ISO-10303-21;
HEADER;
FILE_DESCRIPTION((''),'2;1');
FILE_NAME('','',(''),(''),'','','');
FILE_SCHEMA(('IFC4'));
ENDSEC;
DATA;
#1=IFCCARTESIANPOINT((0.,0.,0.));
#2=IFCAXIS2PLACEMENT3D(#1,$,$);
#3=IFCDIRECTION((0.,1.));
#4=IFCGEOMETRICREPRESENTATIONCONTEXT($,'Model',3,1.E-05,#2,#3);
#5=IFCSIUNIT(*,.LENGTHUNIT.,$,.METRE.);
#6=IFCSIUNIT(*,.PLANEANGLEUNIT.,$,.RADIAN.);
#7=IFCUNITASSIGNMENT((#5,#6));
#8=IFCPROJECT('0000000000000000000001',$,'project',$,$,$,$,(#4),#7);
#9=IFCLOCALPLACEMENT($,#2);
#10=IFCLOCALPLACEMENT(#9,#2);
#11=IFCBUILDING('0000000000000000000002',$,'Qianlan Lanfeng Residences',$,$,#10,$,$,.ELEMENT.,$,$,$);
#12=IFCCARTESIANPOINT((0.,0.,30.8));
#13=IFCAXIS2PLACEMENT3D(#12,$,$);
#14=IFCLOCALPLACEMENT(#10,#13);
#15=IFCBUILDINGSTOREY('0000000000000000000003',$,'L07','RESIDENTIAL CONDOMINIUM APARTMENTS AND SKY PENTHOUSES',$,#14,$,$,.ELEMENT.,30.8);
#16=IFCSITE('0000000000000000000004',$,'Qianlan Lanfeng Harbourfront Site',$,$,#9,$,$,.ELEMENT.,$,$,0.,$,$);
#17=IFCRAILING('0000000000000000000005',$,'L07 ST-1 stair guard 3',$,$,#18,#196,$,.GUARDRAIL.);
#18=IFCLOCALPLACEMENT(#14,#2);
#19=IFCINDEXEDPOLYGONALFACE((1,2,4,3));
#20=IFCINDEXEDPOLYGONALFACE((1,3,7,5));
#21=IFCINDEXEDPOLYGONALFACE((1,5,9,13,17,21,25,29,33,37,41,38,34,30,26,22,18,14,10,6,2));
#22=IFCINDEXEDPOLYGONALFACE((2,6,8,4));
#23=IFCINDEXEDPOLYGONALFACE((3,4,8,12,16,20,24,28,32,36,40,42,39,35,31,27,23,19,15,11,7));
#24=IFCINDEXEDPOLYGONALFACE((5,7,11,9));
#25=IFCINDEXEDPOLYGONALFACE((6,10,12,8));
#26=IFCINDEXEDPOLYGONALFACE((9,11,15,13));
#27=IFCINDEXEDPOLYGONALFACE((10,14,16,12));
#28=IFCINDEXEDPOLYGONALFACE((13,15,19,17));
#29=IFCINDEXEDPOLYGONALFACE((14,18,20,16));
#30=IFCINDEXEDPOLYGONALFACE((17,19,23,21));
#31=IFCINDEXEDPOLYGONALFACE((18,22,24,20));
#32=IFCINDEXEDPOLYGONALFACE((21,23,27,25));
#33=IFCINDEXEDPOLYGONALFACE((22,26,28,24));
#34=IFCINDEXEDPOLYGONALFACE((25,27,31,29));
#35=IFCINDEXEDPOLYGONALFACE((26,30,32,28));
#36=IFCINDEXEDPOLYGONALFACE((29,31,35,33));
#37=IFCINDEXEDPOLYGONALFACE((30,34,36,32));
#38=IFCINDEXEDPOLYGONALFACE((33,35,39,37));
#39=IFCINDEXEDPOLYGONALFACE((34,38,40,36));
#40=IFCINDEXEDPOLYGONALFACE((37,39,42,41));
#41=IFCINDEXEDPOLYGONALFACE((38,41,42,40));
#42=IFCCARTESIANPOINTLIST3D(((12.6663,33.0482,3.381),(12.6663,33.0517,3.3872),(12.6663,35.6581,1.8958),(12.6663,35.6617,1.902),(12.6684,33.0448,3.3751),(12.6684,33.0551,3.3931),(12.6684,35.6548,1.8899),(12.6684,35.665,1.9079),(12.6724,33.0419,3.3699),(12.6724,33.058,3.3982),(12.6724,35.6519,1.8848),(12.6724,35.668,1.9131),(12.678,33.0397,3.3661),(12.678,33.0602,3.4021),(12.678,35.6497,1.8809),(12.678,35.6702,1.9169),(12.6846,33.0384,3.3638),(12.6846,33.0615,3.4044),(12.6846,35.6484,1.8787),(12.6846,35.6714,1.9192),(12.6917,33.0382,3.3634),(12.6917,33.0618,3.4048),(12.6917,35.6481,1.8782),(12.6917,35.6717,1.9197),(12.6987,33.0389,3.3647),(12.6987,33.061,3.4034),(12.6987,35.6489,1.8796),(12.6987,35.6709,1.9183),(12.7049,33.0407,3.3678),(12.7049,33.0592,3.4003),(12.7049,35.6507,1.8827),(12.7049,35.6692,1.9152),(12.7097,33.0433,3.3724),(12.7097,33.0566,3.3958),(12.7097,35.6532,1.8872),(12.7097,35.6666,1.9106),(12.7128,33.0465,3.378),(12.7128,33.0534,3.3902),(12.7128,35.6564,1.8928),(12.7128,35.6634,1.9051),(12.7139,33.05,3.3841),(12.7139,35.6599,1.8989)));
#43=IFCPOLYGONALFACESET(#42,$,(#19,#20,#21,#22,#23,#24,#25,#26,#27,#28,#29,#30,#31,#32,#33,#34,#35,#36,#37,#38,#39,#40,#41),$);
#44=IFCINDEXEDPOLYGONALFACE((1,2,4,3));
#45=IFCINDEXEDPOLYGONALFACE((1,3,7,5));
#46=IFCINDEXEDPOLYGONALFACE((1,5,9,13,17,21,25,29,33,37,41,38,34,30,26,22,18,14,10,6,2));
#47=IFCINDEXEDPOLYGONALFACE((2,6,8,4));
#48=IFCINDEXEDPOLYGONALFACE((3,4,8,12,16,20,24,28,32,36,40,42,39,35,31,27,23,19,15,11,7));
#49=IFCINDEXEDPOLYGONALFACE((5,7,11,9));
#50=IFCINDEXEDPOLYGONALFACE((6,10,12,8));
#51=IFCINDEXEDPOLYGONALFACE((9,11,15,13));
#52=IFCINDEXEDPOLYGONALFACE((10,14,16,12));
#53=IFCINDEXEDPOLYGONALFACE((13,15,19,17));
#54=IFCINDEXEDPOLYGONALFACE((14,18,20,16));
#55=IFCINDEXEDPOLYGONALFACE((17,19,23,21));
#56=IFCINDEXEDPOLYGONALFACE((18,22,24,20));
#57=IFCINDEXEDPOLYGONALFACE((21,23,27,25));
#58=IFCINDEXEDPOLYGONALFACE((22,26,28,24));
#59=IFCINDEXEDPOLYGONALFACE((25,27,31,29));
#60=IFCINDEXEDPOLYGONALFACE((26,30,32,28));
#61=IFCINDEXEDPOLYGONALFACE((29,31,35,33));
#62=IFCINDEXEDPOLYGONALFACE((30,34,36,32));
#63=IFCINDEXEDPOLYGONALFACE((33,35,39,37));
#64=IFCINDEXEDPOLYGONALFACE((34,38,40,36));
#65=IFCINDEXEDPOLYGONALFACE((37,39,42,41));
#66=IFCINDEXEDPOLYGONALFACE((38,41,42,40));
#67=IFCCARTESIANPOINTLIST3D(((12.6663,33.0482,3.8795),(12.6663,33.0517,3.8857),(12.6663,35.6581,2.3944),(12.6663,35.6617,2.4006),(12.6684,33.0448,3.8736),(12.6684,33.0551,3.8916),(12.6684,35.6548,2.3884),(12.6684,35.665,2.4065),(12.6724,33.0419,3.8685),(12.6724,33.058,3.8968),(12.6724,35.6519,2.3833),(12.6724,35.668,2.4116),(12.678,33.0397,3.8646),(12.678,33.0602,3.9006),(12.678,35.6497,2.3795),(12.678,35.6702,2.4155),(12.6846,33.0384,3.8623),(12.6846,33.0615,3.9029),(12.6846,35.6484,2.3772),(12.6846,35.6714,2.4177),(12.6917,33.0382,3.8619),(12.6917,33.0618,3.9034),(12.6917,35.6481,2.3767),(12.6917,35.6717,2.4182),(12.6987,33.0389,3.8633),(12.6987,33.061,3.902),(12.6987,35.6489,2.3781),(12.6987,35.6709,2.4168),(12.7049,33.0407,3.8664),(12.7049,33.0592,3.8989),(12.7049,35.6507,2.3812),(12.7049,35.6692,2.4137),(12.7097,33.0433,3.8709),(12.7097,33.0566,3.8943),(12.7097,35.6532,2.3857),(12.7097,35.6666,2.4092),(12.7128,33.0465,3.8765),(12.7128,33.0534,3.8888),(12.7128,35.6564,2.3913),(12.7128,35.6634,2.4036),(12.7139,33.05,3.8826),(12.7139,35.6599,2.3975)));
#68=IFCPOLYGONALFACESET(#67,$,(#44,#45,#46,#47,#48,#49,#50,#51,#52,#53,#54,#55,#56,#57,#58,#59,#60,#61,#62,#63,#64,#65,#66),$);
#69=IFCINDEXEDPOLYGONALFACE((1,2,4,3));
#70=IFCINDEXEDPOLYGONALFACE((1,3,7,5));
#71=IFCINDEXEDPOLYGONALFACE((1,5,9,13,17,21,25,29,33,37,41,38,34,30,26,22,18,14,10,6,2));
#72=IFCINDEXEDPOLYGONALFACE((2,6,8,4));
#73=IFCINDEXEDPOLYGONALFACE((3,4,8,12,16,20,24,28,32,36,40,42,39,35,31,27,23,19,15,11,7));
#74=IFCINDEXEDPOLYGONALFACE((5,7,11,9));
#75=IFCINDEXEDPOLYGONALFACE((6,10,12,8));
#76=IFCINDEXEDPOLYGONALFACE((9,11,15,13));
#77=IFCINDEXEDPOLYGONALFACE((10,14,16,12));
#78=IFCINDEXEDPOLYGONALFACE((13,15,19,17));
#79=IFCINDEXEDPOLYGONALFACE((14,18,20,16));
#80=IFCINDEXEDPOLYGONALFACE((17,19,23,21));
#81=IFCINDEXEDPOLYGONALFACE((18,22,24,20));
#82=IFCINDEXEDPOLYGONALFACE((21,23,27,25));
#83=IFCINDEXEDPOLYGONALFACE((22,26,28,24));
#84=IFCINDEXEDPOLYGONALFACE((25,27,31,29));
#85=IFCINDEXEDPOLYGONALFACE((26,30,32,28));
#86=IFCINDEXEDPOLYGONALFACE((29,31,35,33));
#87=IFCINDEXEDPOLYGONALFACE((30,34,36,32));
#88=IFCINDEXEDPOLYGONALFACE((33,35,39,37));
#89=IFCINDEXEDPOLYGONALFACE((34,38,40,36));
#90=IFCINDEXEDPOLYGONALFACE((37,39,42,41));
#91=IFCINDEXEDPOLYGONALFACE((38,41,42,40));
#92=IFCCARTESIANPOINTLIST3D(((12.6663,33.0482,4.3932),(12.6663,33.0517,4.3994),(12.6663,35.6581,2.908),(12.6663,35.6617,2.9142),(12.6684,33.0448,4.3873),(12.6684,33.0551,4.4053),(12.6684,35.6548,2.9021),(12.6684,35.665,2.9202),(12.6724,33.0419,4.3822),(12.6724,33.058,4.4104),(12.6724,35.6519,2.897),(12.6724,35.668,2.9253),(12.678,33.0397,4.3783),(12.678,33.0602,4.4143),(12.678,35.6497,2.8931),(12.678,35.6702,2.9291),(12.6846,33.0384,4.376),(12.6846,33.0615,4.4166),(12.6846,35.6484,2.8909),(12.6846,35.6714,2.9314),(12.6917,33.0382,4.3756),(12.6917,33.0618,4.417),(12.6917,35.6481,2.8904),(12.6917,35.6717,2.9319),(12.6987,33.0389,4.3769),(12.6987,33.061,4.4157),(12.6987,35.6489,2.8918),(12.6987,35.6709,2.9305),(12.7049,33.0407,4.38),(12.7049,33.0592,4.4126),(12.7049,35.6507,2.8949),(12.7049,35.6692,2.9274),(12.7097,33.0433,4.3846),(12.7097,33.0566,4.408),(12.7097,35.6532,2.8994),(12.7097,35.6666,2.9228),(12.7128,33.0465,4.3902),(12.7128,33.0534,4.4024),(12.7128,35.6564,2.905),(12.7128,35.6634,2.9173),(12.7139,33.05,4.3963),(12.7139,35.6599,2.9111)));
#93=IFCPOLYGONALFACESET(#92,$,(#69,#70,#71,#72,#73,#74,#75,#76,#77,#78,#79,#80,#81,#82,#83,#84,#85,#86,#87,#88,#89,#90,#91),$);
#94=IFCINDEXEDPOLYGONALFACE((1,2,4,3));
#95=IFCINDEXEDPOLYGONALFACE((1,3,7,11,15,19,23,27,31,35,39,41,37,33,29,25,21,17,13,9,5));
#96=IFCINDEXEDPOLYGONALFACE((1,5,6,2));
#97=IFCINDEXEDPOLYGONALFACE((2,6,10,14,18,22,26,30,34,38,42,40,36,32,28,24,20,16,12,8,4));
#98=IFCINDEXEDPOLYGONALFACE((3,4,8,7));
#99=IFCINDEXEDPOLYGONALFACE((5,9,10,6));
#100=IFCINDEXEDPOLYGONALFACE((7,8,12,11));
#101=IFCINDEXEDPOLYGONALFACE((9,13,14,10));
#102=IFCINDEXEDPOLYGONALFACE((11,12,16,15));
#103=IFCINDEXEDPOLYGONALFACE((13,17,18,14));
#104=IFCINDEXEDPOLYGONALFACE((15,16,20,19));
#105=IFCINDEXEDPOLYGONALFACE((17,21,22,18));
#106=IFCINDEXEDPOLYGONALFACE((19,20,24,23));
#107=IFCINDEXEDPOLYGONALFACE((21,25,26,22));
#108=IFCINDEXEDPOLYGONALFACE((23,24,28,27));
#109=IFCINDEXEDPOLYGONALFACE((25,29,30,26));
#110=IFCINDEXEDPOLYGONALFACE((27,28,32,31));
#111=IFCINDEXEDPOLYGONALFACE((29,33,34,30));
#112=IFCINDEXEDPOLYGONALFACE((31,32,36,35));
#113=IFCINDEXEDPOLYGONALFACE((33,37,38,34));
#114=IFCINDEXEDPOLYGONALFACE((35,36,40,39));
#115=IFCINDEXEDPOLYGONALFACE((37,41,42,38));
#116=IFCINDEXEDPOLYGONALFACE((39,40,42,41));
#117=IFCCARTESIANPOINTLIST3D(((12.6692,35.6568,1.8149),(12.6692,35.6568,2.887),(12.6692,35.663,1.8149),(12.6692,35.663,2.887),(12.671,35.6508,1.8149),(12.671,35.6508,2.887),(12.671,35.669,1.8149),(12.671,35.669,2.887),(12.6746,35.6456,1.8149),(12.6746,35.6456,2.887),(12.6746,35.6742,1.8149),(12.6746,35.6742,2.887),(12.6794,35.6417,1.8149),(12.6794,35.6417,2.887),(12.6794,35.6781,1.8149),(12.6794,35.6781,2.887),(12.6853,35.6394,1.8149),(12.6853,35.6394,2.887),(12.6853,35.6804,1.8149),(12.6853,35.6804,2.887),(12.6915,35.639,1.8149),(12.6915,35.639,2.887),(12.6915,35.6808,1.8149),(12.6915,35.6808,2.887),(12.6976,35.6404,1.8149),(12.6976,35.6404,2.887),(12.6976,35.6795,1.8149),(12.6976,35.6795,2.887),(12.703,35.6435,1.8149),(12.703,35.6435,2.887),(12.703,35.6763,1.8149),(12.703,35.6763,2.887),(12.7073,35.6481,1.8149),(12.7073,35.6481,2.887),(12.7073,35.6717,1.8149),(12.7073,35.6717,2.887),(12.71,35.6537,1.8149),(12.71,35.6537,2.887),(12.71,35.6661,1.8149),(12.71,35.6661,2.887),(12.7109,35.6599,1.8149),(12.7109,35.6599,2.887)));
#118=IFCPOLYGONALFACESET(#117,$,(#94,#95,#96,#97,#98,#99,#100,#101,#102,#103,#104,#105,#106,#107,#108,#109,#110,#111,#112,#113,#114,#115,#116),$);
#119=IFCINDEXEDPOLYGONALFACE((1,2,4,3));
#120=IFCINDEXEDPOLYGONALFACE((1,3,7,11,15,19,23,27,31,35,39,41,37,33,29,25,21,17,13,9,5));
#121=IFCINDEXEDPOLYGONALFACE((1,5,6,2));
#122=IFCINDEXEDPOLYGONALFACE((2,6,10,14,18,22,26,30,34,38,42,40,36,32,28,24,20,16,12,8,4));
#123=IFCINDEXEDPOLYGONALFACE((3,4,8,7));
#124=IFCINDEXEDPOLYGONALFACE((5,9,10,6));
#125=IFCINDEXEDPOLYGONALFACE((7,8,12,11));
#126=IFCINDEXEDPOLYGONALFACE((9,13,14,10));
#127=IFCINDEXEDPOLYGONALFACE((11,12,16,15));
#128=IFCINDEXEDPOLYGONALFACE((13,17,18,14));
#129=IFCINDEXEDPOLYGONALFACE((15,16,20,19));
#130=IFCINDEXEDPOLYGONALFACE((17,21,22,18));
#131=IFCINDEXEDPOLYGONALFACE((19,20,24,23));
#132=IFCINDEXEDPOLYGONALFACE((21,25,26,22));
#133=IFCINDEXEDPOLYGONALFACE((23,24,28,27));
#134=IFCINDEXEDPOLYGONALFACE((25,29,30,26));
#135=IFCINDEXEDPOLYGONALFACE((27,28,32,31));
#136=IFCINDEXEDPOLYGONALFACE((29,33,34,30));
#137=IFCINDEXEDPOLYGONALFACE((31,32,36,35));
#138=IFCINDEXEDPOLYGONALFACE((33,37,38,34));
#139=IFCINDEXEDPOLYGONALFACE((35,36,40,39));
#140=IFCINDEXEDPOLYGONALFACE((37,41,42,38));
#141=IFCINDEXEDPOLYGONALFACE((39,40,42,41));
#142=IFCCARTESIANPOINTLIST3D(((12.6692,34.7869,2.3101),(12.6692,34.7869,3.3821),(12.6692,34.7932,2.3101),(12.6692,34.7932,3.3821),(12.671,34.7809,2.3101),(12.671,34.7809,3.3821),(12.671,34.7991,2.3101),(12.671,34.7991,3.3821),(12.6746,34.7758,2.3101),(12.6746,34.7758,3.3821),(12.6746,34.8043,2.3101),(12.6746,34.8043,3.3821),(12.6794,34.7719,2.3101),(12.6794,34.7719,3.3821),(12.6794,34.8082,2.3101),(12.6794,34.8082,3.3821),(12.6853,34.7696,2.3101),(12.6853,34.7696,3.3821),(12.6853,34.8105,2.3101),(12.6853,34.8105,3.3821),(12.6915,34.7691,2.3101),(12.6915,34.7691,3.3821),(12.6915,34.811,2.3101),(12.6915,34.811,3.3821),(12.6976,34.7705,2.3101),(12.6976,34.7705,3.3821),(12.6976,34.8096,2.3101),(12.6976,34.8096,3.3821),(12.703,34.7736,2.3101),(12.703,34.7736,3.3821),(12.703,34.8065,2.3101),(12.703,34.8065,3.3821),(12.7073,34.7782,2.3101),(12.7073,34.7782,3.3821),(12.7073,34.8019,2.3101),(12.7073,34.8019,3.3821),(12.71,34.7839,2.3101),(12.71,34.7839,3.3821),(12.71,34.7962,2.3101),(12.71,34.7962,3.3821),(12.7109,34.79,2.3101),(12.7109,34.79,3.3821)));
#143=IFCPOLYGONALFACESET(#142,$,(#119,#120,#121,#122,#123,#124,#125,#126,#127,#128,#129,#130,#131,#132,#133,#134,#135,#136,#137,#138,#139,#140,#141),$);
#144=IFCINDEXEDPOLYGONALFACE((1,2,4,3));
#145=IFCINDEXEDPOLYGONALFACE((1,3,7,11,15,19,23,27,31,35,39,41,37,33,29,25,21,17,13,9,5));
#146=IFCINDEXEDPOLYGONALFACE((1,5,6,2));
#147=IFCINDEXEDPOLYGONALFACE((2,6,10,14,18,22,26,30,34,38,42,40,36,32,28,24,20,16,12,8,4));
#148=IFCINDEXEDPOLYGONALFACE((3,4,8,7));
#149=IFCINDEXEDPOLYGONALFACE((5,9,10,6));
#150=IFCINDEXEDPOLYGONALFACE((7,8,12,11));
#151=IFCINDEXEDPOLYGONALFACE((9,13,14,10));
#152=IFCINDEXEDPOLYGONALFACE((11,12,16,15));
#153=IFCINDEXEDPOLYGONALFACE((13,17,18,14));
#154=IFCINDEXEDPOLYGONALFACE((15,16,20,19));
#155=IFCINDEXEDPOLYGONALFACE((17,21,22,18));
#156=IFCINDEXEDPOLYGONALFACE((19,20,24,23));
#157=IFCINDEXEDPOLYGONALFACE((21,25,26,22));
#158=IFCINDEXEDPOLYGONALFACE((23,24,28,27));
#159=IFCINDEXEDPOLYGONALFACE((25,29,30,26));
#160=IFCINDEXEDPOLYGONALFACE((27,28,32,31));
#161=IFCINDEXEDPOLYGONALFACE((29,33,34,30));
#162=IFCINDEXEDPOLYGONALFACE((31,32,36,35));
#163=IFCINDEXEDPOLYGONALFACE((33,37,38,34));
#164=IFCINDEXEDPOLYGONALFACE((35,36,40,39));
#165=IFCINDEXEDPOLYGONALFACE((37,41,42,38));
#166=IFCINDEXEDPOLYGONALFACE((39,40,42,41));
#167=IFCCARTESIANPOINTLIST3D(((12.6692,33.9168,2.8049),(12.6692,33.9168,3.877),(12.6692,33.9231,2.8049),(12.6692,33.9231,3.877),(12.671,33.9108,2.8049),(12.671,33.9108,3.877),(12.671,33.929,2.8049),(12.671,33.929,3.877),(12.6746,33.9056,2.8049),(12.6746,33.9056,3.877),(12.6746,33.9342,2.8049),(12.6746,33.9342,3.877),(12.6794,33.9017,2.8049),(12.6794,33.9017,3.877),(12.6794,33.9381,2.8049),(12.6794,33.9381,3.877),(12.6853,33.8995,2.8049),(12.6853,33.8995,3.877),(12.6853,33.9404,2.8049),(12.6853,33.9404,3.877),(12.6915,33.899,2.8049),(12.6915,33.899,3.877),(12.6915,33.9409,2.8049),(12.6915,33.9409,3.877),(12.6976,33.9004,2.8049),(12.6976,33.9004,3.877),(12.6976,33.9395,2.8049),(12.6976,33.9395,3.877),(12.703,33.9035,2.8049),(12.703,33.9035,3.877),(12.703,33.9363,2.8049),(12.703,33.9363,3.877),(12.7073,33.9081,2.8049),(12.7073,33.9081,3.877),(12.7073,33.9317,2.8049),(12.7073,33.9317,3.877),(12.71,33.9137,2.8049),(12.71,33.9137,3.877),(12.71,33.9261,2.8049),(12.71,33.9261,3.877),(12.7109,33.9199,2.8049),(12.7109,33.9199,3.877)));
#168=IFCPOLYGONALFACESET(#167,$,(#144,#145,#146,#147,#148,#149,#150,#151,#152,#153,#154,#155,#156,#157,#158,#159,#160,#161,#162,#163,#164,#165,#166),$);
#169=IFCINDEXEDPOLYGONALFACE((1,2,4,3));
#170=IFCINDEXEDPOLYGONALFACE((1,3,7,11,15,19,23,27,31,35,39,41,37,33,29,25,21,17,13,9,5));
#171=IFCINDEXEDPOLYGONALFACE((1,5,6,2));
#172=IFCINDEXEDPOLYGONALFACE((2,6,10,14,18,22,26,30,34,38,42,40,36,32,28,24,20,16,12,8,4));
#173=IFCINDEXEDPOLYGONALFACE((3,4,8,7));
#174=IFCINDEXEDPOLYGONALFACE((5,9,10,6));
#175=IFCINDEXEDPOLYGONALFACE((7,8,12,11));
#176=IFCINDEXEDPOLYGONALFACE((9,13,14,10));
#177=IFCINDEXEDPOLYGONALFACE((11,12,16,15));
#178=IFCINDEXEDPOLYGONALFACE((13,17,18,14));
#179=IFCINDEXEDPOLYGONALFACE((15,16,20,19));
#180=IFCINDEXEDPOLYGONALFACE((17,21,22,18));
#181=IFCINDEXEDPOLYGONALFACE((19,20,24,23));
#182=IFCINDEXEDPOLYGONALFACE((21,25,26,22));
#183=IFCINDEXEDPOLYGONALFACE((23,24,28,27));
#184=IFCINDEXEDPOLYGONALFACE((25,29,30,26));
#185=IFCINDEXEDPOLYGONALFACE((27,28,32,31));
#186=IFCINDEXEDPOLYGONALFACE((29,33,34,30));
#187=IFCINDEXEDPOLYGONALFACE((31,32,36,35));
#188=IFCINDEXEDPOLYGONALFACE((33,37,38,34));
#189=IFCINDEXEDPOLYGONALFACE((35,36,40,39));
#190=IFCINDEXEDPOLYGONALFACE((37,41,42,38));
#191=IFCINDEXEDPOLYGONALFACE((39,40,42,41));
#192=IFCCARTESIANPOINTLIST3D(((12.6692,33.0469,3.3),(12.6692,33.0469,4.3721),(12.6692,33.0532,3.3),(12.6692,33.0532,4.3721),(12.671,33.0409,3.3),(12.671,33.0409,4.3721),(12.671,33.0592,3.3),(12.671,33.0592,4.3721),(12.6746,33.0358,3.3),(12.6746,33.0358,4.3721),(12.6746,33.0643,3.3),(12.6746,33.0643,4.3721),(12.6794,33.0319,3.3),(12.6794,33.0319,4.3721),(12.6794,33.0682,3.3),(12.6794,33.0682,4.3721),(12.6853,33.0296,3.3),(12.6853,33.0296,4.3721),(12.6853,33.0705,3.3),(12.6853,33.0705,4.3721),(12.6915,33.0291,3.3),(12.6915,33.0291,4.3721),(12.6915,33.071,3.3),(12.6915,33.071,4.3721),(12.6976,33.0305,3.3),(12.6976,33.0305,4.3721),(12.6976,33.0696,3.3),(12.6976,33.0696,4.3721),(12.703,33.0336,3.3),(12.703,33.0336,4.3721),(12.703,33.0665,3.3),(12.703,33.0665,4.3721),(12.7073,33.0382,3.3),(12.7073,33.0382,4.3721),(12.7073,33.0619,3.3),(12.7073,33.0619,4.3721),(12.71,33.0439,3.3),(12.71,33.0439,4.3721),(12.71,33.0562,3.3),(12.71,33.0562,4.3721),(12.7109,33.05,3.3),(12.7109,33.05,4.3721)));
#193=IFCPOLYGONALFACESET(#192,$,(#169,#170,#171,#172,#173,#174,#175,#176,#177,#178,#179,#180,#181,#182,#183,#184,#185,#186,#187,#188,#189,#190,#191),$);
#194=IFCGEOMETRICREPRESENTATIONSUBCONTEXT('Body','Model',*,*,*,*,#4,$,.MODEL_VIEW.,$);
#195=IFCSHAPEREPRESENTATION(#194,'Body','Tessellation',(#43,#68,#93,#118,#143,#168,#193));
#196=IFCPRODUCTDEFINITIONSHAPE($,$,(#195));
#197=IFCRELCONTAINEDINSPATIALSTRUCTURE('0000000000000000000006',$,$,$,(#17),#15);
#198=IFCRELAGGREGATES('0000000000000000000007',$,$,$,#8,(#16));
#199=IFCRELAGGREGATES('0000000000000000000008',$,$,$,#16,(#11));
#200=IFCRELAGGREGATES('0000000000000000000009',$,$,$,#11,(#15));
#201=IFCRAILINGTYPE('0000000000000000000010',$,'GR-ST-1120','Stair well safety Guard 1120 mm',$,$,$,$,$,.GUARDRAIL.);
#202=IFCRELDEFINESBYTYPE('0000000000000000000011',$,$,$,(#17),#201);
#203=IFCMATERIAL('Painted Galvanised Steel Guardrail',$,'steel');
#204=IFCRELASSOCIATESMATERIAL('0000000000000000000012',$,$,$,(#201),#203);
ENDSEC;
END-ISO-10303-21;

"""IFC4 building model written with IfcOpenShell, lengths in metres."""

from ifc_helpers import new_model, si_unit, direction, frame, origin, origin_2d, place, context, subcontext, project, spatial, circle, extrude, material, type_object, element, save


model = new_model("IFC4")

# Units and contexts
model_context = context("Model", 3, precision=1e-05, world=origin(), true_north=direction((0.0, 1.0)))
body_context = subcontext(model_context, "Body", "Model", "MODEL_VIEW")
ifc_project = project(units=[si_unit("LENGTHUNIT", "METRE"), si_unit("PLANEANGLEUNIT", "RADIAN")], contexts=[model_context])

# Site, building, storey
site_placement = place(None, origin())
site = spatial("IfcSite", under=ifc_project, at=site_placement, Name="Qianlan Lanfeng Harbourfront Site", CompositionType="ELEMENT", RefElevation=0.0)
building_placement = place(site_placement, origin())
building = spatial("IfcBuilding", under=site, at=building_placement, Name="Qianlan Lanfeng Residences", CompositionType="ELEMENT")
storey_placement = place(building_placement, frame((0.0, 0.0, 30.8)))
storey = spatial("IfcBuildingStorey", under=building, at=storey_placement, Name="L07", Description="RESIDENTIAL CONDOMINIUM APARTMENTS AND SKY PENTHOUSES", CompositionType="ELEMENT", Elevation=30.8)

# Railing
ifc_material_1 = material(Name="Painted Galvanised Steel Guardrail", Category="steel")
railing_type_1 = type_object("IfcRailingType", Name="GR-ST-1120", Description="Stair well safety Guard 1120 mm", PredefinedType="GUARDRAIL", material=ifc_material_1)
railing_1_placement = place(storey_placement, frame((12.6899, 35.6599, 1.8149)))
element("IfcRailing", 1, at=railing_1_placement, inside=storey, type_object=railing_type_1, Name="L07 ST-1 stair guard 3", PredefinedType="GUARDRAIL", context=body_context, shape_type="SweptSolid", body=[
    extrude(circle(Radius=0.0239, at=origin_2d()), frame((0.0, 0.0, 0.084), z_axis=(0.0, -0.869137, 0.494571), x_axis=(1.0, 0.0, 0.0)), (0.0, 0.0, 1.0), 3.0029),
    extrude(circle(Radius=0.0239, at=origin_2d()), frame((0.0, 0.0, 0.5825), z_axis=(0.0, -0.869137, 0.494571), x_axis=(1.0, 0.0, 0.0)), (0.0, 0.0, 1.0), 3.0029),
    extrude(circle(Radius=0.0239, at=origin_2d()), frame((0.0, 0.0, 1.0962), z_axis=(0.0, -0.869137, 0.494571), x_axis=(1.0, 0.0, 0.0)), (0.0, 0.0, 1.0), 3.0029),
    extrude(circle(Radius=0.021, at=origin_2d()), origin(), (0.0, 0.0, 1.0), 1.072),
    extrude(circle(Radius=0.021, at=origin_2d()), frame((0.0, -0.8699, 0.4951)), (0.0, 0.0, 1.0), 1.072),
    extrude(circle(Radius=0.021, at=origin_2d()), frame((0.0, -1.74, 0.99)), (0.0, 0.0, 1.0), 1.072),
    extrude(circle(Radius=0.021, at=origin_2d()), frame((0.0, -2.6099, 1.4851)), (0.0, 0.0, 1.0), 1.072),
])

save(model, "model.ifc")
